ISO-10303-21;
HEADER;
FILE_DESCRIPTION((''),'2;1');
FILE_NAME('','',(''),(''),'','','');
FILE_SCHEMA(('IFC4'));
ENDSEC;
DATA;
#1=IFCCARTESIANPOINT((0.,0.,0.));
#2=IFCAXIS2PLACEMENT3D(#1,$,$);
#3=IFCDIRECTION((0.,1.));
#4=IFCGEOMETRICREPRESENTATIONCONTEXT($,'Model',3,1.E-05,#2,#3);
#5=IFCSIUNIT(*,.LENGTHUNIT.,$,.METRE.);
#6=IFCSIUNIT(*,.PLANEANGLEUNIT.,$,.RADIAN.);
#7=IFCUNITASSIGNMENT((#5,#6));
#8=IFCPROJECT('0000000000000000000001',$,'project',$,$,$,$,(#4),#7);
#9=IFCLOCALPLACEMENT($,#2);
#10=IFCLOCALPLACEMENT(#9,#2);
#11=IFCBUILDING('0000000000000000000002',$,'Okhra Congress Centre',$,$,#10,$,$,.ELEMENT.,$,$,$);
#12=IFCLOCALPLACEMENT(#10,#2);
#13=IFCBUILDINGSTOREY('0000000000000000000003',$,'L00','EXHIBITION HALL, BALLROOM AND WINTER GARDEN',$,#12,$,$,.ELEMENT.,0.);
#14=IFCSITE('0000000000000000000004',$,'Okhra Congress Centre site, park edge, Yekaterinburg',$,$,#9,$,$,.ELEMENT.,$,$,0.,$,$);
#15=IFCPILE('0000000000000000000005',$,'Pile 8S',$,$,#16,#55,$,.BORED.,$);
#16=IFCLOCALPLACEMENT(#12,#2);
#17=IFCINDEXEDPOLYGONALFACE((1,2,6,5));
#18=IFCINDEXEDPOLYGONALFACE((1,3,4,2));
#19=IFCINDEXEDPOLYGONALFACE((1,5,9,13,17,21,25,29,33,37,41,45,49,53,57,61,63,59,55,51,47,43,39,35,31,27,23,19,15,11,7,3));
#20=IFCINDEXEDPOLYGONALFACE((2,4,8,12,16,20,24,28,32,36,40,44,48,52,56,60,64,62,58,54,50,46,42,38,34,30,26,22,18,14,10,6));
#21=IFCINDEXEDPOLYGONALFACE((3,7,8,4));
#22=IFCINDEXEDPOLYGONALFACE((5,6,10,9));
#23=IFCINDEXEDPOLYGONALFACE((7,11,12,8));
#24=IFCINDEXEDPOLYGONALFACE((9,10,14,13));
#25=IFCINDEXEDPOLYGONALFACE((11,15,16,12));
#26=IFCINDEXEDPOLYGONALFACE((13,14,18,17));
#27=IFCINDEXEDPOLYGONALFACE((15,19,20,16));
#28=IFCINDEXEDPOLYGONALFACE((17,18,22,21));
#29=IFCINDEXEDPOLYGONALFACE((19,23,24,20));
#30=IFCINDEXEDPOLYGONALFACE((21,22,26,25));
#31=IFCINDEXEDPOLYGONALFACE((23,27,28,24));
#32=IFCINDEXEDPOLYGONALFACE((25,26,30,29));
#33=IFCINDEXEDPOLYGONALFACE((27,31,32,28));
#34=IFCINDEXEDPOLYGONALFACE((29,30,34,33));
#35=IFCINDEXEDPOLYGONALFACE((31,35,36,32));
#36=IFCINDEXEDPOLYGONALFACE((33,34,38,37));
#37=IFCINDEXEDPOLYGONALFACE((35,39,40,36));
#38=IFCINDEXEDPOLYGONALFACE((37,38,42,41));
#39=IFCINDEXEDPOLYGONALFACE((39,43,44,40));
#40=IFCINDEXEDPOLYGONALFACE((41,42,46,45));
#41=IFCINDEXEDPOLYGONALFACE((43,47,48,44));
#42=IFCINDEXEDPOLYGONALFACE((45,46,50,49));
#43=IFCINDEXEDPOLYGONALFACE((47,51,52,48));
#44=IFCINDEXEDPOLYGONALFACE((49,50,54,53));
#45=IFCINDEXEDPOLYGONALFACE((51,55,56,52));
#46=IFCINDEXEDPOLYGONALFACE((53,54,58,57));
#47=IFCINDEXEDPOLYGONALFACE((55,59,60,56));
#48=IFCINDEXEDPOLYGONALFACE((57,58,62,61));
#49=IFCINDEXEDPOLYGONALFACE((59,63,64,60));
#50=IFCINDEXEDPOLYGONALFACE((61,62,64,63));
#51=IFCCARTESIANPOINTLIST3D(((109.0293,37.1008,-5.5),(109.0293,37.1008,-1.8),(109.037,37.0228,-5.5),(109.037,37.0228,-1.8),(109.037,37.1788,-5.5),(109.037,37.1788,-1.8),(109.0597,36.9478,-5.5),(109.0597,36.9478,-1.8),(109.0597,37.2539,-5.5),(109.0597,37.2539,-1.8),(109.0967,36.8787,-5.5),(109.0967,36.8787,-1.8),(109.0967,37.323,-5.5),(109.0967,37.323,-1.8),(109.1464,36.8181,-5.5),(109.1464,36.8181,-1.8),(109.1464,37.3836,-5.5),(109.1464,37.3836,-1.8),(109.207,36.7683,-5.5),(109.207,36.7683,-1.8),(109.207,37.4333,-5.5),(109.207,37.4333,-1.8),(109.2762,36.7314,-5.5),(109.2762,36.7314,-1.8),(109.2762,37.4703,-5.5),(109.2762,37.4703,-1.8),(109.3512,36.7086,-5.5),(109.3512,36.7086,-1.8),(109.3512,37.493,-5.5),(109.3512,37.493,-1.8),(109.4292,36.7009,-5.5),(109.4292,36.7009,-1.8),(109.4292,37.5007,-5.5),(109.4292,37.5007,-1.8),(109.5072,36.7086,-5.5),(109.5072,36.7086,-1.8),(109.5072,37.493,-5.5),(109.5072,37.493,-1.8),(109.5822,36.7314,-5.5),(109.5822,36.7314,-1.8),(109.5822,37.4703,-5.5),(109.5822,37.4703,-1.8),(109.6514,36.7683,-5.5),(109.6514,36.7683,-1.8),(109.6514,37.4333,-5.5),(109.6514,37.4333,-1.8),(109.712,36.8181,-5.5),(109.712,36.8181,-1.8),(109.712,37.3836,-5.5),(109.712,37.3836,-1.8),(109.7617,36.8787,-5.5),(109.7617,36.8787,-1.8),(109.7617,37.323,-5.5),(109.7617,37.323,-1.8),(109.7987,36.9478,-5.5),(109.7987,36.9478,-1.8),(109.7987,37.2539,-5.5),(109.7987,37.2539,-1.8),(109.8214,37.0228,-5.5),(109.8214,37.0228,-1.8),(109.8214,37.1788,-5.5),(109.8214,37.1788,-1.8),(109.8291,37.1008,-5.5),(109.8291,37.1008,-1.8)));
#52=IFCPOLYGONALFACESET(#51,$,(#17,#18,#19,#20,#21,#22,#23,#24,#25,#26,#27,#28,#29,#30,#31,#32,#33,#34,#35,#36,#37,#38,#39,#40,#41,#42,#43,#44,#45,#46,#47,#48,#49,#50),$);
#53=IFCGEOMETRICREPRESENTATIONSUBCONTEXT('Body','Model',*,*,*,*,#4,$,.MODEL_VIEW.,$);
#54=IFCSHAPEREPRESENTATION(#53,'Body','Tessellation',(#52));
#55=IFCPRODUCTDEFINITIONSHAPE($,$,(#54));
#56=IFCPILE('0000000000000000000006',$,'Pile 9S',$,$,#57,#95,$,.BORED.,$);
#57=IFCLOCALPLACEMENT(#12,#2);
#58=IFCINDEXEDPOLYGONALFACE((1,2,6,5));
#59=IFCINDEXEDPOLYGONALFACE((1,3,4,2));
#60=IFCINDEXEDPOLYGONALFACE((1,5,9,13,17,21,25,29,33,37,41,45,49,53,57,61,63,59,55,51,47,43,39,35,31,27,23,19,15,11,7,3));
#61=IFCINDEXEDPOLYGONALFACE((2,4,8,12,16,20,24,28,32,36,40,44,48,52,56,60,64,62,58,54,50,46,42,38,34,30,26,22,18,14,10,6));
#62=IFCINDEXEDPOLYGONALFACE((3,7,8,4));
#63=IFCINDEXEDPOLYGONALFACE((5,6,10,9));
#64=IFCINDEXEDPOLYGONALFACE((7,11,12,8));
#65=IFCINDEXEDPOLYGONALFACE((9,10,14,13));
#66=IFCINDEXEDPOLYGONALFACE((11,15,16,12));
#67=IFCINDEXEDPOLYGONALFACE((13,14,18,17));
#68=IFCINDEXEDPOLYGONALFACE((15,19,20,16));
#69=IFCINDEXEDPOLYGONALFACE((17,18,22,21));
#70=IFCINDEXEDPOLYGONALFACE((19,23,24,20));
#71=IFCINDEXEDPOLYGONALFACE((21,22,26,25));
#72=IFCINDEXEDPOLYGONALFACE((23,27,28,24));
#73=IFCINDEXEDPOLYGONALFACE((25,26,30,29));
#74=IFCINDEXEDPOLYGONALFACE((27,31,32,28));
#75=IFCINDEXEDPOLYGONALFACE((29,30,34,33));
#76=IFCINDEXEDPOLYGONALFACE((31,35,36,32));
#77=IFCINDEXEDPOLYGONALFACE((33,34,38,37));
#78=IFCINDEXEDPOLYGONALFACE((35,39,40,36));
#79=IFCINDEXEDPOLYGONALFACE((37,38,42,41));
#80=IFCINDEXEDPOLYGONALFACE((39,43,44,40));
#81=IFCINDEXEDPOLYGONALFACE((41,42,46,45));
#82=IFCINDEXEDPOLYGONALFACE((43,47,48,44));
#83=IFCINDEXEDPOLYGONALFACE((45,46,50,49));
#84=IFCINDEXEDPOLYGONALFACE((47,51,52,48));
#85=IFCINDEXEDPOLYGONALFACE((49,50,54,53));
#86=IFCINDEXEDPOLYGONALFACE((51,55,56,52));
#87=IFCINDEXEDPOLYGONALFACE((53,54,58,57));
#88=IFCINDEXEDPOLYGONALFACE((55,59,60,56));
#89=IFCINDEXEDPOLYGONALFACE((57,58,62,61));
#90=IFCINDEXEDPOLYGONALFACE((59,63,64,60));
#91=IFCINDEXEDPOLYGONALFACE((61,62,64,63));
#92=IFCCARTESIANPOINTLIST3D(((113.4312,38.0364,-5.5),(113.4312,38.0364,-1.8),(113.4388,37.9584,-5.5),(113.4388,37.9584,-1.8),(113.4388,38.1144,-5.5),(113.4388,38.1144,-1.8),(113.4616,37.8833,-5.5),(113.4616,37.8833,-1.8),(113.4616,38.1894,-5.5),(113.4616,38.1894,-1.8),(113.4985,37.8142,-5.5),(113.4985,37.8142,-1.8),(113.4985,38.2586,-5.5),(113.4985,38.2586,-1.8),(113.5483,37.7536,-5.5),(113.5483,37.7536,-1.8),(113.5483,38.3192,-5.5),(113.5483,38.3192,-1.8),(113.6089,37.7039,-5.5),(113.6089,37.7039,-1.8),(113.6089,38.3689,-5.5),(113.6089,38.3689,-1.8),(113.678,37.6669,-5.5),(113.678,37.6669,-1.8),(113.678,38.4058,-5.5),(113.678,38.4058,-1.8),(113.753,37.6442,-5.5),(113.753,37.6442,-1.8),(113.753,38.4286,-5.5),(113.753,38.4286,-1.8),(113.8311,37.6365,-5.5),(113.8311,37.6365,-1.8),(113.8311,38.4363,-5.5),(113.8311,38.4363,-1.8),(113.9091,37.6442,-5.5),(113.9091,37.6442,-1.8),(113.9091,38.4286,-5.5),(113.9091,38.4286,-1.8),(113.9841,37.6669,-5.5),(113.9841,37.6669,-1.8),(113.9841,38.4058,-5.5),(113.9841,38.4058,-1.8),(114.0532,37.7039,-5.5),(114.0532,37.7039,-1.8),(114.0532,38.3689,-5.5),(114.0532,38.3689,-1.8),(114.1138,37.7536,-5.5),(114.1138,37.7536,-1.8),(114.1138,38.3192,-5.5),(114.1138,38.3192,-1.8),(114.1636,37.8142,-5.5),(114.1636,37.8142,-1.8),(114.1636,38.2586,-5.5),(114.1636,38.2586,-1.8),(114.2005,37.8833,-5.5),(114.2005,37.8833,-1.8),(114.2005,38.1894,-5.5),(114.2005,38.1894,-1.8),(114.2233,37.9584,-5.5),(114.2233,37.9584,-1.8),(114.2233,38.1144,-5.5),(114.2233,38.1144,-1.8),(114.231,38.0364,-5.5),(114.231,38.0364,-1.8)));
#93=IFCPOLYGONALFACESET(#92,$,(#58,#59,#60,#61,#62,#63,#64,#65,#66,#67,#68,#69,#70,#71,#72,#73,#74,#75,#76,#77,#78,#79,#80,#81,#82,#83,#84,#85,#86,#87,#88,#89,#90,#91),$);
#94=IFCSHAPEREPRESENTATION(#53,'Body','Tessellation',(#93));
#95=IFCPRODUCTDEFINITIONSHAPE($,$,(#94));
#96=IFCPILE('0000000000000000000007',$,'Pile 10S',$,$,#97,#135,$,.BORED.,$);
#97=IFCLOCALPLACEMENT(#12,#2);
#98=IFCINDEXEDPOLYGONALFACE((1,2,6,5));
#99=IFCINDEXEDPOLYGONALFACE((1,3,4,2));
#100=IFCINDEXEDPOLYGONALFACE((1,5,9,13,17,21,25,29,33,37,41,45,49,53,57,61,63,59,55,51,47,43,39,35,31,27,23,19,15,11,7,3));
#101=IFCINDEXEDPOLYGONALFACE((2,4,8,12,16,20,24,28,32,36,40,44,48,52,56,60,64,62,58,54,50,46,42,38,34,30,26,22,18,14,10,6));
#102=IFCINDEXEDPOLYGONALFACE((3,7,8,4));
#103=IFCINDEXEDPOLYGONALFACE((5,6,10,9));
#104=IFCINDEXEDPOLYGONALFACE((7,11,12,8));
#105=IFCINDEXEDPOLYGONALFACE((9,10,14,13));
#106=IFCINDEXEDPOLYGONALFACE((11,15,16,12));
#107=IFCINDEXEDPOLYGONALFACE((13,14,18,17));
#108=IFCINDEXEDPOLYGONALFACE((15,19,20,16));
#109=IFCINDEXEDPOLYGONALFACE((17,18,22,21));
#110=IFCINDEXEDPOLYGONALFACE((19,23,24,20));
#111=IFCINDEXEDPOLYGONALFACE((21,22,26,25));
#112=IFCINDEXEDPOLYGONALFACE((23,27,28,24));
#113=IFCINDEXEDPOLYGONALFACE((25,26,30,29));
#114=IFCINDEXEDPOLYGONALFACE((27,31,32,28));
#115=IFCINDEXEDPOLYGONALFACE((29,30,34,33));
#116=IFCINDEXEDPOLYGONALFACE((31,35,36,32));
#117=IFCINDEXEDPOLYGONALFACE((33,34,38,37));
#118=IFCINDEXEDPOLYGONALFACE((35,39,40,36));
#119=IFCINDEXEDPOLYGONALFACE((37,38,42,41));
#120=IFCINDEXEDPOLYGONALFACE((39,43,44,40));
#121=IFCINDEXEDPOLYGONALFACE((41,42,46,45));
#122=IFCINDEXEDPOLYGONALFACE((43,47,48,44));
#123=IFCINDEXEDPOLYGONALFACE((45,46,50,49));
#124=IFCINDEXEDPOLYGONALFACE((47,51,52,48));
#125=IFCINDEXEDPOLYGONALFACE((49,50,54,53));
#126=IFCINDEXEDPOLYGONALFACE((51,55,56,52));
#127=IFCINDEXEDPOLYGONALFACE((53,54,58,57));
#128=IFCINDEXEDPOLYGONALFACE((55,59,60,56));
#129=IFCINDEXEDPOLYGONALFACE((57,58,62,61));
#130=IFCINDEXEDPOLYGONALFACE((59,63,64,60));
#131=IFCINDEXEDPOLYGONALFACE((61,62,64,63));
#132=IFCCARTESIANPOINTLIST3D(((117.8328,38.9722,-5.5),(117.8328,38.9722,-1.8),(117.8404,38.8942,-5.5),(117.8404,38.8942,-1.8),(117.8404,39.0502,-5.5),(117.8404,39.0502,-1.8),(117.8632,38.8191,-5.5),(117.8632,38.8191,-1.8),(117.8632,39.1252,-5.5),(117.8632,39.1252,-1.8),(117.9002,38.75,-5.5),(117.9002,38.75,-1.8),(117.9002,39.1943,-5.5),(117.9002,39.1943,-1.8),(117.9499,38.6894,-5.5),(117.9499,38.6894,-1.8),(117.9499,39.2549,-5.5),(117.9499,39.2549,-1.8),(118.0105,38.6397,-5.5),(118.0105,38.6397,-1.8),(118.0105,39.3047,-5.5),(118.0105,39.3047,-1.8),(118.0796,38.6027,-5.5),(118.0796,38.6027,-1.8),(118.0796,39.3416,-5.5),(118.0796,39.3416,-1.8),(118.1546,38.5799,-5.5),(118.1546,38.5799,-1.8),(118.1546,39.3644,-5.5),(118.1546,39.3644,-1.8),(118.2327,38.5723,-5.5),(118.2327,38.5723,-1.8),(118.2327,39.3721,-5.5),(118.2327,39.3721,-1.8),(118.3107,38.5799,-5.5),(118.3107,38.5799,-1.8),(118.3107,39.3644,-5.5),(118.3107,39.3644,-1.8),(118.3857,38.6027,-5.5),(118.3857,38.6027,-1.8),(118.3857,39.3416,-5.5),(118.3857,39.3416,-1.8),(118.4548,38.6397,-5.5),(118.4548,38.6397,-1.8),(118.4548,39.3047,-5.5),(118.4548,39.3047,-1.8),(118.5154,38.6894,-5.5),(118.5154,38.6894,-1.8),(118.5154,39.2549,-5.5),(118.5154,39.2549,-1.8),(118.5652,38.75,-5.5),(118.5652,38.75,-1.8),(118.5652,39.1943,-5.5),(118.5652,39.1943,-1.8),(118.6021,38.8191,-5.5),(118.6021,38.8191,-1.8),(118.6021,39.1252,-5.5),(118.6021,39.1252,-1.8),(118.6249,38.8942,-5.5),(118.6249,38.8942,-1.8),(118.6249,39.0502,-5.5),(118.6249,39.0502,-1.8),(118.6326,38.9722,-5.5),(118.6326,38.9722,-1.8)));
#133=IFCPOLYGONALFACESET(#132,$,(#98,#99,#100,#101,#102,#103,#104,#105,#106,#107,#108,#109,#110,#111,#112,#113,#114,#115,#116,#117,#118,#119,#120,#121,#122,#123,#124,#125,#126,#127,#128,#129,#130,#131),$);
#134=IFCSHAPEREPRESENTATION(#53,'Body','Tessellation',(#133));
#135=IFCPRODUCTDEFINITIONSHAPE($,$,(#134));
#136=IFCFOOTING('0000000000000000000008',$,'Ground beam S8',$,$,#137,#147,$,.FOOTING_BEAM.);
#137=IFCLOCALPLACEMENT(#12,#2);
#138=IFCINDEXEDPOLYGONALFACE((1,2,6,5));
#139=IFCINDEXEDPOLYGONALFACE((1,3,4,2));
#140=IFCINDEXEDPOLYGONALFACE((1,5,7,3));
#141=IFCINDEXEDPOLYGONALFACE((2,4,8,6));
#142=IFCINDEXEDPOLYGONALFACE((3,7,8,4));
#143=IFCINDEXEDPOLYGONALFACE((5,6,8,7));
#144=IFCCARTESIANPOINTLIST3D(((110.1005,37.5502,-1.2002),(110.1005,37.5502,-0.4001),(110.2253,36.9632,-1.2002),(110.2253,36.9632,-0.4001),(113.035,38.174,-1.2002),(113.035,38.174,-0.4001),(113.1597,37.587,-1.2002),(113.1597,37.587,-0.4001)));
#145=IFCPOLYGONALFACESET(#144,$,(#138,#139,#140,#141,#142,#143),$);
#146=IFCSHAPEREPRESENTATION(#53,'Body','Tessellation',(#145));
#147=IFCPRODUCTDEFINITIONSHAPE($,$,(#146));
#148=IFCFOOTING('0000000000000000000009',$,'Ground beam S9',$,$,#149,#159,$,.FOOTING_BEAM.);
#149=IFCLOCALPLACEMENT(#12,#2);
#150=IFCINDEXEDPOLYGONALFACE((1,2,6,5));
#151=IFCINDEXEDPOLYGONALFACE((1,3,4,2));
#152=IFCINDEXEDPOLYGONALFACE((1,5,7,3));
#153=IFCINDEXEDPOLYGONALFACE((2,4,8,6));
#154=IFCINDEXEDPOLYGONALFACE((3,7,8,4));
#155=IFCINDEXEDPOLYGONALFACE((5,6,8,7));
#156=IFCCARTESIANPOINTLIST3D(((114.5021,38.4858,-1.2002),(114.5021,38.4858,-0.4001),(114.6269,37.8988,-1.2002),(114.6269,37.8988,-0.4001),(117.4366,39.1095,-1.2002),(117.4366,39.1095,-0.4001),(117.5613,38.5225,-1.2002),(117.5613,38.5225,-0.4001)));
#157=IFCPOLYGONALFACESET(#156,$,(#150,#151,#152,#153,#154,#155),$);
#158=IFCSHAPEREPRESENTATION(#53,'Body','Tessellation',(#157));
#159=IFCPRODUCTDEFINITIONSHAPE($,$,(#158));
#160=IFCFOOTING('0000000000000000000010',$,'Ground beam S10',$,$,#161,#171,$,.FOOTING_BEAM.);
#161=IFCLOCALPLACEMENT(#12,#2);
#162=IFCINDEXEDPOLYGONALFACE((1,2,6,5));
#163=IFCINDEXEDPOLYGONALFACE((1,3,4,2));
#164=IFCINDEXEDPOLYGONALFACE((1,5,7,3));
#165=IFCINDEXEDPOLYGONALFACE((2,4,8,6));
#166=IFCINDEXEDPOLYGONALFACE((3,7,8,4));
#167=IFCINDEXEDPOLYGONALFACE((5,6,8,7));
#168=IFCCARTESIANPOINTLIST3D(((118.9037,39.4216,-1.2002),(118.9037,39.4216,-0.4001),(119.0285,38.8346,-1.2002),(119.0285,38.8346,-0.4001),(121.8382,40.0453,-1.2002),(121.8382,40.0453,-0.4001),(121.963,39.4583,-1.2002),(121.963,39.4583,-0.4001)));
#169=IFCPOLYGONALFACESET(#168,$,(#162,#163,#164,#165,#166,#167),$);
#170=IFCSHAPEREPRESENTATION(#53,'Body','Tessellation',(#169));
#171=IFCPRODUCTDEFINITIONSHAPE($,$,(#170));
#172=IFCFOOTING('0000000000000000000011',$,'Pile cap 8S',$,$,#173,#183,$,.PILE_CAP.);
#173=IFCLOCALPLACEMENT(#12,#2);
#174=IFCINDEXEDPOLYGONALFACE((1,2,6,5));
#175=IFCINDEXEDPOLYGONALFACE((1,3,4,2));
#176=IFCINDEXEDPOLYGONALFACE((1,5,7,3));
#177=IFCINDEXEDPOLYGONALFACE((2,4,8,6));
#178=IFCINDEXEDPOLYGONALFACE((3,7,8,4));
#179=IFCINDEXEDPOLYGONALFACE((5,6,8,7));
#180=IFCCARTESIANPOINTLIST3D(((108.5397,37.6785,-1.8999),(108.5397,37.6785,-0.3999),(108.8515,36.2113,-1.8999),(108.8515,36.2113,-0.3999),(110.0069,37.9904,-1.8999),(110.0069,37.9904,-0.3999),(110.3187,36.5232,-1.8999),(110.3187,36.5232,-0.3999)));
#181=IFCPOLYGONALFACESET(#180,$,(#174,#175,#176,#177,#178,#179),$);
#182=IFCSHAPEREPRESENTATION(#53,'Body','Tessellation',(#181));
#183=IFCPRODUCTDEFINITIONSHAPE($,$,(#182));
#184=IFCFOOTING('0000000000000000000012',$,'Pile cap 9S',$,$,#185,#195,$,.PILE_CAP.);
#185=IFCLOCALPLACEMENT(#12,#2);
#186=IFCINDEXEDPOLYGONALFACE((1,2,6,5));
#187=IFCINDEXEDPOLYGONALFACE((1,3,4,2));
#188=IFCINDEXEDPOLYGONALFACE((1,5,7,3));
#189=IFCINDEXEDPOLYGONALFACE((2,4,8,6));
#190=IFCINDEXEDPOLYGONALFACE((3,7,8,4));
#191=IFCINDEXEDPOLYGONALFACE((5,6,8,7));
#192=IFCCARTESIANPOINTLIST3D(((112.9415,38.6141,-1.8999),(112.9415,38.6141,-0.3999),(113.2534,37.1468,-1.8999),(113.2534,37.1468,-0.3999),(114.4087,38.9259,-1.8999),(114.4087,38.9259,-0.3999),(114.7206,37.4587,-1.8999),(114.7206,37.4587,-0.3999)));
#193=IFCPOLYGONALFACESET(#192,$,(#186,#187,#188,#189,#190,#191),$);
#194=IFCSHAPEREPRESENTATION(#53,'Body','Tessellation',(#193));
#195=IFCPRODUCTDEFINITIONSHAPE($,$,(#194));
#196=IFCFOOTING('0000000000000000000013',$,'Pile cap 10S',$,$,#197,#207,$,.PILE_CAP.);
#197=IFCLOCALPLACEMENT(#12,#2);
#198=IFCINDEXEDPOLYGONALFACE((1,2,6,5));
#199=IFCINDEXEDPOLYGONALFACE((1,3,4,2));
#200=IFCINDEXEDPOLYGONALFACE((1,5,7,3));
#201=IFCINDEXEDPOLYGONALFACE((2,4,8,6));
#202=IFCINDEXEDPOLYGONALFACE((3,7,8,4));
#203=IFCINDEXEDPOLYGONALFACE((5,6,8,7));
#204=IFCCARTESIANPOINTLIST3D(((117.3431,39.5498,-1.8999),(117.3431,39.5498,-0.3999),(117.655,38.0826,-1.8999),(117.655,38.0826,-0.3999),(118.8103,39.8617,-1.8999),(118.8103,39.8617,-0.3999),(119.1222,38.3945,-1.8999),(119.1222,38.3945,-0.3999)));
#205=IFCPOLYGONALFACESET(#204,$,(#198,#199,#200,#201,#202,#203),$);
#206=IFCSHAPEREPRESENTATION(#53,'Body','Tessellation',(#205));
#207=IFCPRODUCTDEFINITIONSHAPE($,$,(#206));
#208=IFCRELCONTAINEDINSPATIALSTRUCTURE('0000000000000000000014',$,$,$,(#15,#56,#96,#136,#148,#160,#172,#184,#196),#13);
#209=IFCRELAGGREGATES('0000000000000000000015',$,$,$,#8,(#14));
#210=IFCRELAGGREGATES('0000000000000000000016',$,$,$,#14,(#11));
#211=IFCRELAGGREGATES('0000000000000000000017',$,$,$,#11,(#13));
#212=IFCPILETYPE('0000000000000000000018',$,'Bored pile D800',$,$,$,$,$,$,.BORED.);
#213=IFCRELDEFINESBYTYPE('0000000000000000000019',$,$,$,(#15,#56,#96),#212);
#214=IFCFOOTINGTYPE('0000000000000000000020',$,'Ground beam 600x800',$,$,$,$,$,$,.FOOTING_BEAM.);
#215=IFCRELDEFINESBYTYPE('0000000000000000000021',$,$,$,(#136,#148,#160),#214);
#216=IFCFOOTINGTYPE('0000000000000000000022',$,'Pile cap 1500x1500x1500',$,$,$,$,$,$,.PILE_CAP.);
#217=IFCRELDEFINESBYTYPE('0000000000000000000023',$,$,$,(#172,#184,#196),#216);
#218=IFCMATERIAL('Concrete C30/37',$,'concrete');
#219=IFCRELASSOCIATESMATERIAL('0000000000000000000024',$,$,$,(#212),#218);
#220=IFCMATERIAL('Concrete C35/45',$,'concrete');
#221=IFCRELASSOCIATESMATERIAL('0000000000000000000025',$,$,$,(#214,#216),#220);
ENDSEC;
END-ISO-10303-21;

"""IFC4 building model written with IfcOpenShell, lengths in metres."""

from ifc_helpers import new_model, si_unit, direction, frame, origin, origin_2d, place, context, subcontext, project, spatial, rectangle, circle, extrude, material, material_profile, profile_set, type_object, element, save


model = new_model("IFC4")

# Units and contexts
model_context = context("Model", 3, precision=1e-05, world=origin(), true_north=direction((0.0, 1.0)))
body_context = subcontext(model_context, "Body", "Model", "MODEL_VIEW")
ifc_project = project(units=[si_unit("LENGTHUNIT", "METRE"), si_unit("PLANEANGLEUNIT", "RADIAN")], contexts=[model_context])

# Site, building, storey
site_placement = place(None, origin())
site = spatial("IfcSite", under=ifc_project, at=site_placement, Name="Okhra Congress Centre site, park edge, Yekaterinburg", CompositionType="ELEMENT", RefElevation=0.0)
building_placement = place(site_placement, origin())
building = spatial("IfcBuilding", under=site, at=building_placement, Name="Okhra Congress Centre", CompositionType="ELEMENT")
storey_placement = place(building_placement, origin())
storey = spatial("IfcBuildingStorey", under=building, at=storey_placement, Name="L00", Description="EXHIBITION HALL, BALLROOM AND WINTER GARDEN", CompositionType="ELEMENT", Elevation=0.0)

# Piles
ifc_material_1 = material(Name="Concrete C30/37", Category="concrete")
ifc_material_profile_1 = material_profile(ifc_material_1, circle(Radius=0.3999, at=origin_2d()), Name="D800")
ifc_profile_set_1 = profile_set([ifc_material_profile_1], Name="Concrete C30/37")
pile_type = type_object("IfcPileType", Name="Bored pile D800", PredefinedType="BORED", material=ifc_profile_set_1)
for number, where, z_axis, x_axis, name in (
    (1, (109.4292, 37.1008, -1.8), (0.0, 0.0, -1.0), (1.0, 0.0, 0.0), "Pile 8S"),
    (2, (113.8311, 38.0364, -1.8), (0.0, 0.0, -1.0), (1.0, 0.0, 0.0), "Pile 9S"),
    (3, (118.2327, 38.9722, -1.8), (0.0, 0.0, -1.0), (1.0, 0.0, 0.0), "Pile 10S"),
):
    element("IfcPile", number, at=place(storey_placement, frame(where, z_axis=z_axis, x_axis=x_axis)), inside=storey, type_object=pile_type, Name=name, PredefinedType="BORED", context=body_context, shape_type="SweptSolid", body=[
        extrude(circle(Radius=0.3999, at=origin_2d()), origin(), (0.0, 0.0, 1.0), 3.7),
    ])

# Footings
ifc_material_2 = material(Name="Concrete C35/45", Category="concrete")
footing_type_1 = type_object("IfcFootingType", Name="Ground beam 600x800", PredefinedType="FOOTING_BEAM", material=ifc_material_2)
for number, where, z_axis, x_axis, name in (
    (4, (111.6301, 37.5686, -1.2002), (0.0, 0.0, 1.0), (0.978148, 0.207912, 0.0), "Ground beam S8"),
    (5, (116.0317, 38.5042, -1.2002), (0.0, 0.0, 1.0), (0.978148, 0.207912, 0.0), "Ground beam S9"),
    (6, (120.4333, 39.4399, -1.2002), (0.0, 0.0, 1.0), (0.978148, 0.207912, 0.0), "Ground beam S10"),
):
    element("IfcFooting", number, at=place(storey_placement, frame(where, z_axis=z_axis, x_axis=x_axis)), inside=storey, type_object=footing_type_1, Name=name, PredefinedType="FOOTING_BEAM", context=body_context, shape_type="SweptSolid", body=[
        extrude(rectangle(XDim=3.0, YDim=0.6001, at=origin_2d()), origin(), (0.0, 0.0, 1.0), 0.8),
    ])
footing_type_2 = type_object("IfcFootingType", Name="Pile cap 1500x1500x1500", PredefinedType="PILE_CAP", material=ifc_material_2)
for number, where, z_axis, x_axis, name in (
    (7, (109.4292, 37.1008, -1.8999), (0.0, 0.0, 1.0), (0.978148, 0.207912, 0.0), "Pile cap 8S"),
    (8, (113.8311, 38.0364, -1.8999), (0.0, 0.0, 1.0), (0.978148, 0.207912, 0.0), "Pile cap 9S"),
    (9, (118.2327, 38.9722, -1.8999), (0.0, 0.0, 1.0), (0.978148, 0.207912, 0.0), "Pile cap 10S"),
):
    element("IfcFooting", number, at=place(storey_placement, frame(where, z_axis=z_axis, x_axis=x_axis)), inside=storey, type_object=footing_type_2, Name=name, PredefinedType="PILE_CAP", context=body_context, shape_type="SweptSolid", body=[
        extrude(rectangle(XDim=1.5, YDim=1.5, at=origin_2d()), origin(), (0.0, 0.0, 1.0), 1.5),
    ])

save(model, "model.ifc")
